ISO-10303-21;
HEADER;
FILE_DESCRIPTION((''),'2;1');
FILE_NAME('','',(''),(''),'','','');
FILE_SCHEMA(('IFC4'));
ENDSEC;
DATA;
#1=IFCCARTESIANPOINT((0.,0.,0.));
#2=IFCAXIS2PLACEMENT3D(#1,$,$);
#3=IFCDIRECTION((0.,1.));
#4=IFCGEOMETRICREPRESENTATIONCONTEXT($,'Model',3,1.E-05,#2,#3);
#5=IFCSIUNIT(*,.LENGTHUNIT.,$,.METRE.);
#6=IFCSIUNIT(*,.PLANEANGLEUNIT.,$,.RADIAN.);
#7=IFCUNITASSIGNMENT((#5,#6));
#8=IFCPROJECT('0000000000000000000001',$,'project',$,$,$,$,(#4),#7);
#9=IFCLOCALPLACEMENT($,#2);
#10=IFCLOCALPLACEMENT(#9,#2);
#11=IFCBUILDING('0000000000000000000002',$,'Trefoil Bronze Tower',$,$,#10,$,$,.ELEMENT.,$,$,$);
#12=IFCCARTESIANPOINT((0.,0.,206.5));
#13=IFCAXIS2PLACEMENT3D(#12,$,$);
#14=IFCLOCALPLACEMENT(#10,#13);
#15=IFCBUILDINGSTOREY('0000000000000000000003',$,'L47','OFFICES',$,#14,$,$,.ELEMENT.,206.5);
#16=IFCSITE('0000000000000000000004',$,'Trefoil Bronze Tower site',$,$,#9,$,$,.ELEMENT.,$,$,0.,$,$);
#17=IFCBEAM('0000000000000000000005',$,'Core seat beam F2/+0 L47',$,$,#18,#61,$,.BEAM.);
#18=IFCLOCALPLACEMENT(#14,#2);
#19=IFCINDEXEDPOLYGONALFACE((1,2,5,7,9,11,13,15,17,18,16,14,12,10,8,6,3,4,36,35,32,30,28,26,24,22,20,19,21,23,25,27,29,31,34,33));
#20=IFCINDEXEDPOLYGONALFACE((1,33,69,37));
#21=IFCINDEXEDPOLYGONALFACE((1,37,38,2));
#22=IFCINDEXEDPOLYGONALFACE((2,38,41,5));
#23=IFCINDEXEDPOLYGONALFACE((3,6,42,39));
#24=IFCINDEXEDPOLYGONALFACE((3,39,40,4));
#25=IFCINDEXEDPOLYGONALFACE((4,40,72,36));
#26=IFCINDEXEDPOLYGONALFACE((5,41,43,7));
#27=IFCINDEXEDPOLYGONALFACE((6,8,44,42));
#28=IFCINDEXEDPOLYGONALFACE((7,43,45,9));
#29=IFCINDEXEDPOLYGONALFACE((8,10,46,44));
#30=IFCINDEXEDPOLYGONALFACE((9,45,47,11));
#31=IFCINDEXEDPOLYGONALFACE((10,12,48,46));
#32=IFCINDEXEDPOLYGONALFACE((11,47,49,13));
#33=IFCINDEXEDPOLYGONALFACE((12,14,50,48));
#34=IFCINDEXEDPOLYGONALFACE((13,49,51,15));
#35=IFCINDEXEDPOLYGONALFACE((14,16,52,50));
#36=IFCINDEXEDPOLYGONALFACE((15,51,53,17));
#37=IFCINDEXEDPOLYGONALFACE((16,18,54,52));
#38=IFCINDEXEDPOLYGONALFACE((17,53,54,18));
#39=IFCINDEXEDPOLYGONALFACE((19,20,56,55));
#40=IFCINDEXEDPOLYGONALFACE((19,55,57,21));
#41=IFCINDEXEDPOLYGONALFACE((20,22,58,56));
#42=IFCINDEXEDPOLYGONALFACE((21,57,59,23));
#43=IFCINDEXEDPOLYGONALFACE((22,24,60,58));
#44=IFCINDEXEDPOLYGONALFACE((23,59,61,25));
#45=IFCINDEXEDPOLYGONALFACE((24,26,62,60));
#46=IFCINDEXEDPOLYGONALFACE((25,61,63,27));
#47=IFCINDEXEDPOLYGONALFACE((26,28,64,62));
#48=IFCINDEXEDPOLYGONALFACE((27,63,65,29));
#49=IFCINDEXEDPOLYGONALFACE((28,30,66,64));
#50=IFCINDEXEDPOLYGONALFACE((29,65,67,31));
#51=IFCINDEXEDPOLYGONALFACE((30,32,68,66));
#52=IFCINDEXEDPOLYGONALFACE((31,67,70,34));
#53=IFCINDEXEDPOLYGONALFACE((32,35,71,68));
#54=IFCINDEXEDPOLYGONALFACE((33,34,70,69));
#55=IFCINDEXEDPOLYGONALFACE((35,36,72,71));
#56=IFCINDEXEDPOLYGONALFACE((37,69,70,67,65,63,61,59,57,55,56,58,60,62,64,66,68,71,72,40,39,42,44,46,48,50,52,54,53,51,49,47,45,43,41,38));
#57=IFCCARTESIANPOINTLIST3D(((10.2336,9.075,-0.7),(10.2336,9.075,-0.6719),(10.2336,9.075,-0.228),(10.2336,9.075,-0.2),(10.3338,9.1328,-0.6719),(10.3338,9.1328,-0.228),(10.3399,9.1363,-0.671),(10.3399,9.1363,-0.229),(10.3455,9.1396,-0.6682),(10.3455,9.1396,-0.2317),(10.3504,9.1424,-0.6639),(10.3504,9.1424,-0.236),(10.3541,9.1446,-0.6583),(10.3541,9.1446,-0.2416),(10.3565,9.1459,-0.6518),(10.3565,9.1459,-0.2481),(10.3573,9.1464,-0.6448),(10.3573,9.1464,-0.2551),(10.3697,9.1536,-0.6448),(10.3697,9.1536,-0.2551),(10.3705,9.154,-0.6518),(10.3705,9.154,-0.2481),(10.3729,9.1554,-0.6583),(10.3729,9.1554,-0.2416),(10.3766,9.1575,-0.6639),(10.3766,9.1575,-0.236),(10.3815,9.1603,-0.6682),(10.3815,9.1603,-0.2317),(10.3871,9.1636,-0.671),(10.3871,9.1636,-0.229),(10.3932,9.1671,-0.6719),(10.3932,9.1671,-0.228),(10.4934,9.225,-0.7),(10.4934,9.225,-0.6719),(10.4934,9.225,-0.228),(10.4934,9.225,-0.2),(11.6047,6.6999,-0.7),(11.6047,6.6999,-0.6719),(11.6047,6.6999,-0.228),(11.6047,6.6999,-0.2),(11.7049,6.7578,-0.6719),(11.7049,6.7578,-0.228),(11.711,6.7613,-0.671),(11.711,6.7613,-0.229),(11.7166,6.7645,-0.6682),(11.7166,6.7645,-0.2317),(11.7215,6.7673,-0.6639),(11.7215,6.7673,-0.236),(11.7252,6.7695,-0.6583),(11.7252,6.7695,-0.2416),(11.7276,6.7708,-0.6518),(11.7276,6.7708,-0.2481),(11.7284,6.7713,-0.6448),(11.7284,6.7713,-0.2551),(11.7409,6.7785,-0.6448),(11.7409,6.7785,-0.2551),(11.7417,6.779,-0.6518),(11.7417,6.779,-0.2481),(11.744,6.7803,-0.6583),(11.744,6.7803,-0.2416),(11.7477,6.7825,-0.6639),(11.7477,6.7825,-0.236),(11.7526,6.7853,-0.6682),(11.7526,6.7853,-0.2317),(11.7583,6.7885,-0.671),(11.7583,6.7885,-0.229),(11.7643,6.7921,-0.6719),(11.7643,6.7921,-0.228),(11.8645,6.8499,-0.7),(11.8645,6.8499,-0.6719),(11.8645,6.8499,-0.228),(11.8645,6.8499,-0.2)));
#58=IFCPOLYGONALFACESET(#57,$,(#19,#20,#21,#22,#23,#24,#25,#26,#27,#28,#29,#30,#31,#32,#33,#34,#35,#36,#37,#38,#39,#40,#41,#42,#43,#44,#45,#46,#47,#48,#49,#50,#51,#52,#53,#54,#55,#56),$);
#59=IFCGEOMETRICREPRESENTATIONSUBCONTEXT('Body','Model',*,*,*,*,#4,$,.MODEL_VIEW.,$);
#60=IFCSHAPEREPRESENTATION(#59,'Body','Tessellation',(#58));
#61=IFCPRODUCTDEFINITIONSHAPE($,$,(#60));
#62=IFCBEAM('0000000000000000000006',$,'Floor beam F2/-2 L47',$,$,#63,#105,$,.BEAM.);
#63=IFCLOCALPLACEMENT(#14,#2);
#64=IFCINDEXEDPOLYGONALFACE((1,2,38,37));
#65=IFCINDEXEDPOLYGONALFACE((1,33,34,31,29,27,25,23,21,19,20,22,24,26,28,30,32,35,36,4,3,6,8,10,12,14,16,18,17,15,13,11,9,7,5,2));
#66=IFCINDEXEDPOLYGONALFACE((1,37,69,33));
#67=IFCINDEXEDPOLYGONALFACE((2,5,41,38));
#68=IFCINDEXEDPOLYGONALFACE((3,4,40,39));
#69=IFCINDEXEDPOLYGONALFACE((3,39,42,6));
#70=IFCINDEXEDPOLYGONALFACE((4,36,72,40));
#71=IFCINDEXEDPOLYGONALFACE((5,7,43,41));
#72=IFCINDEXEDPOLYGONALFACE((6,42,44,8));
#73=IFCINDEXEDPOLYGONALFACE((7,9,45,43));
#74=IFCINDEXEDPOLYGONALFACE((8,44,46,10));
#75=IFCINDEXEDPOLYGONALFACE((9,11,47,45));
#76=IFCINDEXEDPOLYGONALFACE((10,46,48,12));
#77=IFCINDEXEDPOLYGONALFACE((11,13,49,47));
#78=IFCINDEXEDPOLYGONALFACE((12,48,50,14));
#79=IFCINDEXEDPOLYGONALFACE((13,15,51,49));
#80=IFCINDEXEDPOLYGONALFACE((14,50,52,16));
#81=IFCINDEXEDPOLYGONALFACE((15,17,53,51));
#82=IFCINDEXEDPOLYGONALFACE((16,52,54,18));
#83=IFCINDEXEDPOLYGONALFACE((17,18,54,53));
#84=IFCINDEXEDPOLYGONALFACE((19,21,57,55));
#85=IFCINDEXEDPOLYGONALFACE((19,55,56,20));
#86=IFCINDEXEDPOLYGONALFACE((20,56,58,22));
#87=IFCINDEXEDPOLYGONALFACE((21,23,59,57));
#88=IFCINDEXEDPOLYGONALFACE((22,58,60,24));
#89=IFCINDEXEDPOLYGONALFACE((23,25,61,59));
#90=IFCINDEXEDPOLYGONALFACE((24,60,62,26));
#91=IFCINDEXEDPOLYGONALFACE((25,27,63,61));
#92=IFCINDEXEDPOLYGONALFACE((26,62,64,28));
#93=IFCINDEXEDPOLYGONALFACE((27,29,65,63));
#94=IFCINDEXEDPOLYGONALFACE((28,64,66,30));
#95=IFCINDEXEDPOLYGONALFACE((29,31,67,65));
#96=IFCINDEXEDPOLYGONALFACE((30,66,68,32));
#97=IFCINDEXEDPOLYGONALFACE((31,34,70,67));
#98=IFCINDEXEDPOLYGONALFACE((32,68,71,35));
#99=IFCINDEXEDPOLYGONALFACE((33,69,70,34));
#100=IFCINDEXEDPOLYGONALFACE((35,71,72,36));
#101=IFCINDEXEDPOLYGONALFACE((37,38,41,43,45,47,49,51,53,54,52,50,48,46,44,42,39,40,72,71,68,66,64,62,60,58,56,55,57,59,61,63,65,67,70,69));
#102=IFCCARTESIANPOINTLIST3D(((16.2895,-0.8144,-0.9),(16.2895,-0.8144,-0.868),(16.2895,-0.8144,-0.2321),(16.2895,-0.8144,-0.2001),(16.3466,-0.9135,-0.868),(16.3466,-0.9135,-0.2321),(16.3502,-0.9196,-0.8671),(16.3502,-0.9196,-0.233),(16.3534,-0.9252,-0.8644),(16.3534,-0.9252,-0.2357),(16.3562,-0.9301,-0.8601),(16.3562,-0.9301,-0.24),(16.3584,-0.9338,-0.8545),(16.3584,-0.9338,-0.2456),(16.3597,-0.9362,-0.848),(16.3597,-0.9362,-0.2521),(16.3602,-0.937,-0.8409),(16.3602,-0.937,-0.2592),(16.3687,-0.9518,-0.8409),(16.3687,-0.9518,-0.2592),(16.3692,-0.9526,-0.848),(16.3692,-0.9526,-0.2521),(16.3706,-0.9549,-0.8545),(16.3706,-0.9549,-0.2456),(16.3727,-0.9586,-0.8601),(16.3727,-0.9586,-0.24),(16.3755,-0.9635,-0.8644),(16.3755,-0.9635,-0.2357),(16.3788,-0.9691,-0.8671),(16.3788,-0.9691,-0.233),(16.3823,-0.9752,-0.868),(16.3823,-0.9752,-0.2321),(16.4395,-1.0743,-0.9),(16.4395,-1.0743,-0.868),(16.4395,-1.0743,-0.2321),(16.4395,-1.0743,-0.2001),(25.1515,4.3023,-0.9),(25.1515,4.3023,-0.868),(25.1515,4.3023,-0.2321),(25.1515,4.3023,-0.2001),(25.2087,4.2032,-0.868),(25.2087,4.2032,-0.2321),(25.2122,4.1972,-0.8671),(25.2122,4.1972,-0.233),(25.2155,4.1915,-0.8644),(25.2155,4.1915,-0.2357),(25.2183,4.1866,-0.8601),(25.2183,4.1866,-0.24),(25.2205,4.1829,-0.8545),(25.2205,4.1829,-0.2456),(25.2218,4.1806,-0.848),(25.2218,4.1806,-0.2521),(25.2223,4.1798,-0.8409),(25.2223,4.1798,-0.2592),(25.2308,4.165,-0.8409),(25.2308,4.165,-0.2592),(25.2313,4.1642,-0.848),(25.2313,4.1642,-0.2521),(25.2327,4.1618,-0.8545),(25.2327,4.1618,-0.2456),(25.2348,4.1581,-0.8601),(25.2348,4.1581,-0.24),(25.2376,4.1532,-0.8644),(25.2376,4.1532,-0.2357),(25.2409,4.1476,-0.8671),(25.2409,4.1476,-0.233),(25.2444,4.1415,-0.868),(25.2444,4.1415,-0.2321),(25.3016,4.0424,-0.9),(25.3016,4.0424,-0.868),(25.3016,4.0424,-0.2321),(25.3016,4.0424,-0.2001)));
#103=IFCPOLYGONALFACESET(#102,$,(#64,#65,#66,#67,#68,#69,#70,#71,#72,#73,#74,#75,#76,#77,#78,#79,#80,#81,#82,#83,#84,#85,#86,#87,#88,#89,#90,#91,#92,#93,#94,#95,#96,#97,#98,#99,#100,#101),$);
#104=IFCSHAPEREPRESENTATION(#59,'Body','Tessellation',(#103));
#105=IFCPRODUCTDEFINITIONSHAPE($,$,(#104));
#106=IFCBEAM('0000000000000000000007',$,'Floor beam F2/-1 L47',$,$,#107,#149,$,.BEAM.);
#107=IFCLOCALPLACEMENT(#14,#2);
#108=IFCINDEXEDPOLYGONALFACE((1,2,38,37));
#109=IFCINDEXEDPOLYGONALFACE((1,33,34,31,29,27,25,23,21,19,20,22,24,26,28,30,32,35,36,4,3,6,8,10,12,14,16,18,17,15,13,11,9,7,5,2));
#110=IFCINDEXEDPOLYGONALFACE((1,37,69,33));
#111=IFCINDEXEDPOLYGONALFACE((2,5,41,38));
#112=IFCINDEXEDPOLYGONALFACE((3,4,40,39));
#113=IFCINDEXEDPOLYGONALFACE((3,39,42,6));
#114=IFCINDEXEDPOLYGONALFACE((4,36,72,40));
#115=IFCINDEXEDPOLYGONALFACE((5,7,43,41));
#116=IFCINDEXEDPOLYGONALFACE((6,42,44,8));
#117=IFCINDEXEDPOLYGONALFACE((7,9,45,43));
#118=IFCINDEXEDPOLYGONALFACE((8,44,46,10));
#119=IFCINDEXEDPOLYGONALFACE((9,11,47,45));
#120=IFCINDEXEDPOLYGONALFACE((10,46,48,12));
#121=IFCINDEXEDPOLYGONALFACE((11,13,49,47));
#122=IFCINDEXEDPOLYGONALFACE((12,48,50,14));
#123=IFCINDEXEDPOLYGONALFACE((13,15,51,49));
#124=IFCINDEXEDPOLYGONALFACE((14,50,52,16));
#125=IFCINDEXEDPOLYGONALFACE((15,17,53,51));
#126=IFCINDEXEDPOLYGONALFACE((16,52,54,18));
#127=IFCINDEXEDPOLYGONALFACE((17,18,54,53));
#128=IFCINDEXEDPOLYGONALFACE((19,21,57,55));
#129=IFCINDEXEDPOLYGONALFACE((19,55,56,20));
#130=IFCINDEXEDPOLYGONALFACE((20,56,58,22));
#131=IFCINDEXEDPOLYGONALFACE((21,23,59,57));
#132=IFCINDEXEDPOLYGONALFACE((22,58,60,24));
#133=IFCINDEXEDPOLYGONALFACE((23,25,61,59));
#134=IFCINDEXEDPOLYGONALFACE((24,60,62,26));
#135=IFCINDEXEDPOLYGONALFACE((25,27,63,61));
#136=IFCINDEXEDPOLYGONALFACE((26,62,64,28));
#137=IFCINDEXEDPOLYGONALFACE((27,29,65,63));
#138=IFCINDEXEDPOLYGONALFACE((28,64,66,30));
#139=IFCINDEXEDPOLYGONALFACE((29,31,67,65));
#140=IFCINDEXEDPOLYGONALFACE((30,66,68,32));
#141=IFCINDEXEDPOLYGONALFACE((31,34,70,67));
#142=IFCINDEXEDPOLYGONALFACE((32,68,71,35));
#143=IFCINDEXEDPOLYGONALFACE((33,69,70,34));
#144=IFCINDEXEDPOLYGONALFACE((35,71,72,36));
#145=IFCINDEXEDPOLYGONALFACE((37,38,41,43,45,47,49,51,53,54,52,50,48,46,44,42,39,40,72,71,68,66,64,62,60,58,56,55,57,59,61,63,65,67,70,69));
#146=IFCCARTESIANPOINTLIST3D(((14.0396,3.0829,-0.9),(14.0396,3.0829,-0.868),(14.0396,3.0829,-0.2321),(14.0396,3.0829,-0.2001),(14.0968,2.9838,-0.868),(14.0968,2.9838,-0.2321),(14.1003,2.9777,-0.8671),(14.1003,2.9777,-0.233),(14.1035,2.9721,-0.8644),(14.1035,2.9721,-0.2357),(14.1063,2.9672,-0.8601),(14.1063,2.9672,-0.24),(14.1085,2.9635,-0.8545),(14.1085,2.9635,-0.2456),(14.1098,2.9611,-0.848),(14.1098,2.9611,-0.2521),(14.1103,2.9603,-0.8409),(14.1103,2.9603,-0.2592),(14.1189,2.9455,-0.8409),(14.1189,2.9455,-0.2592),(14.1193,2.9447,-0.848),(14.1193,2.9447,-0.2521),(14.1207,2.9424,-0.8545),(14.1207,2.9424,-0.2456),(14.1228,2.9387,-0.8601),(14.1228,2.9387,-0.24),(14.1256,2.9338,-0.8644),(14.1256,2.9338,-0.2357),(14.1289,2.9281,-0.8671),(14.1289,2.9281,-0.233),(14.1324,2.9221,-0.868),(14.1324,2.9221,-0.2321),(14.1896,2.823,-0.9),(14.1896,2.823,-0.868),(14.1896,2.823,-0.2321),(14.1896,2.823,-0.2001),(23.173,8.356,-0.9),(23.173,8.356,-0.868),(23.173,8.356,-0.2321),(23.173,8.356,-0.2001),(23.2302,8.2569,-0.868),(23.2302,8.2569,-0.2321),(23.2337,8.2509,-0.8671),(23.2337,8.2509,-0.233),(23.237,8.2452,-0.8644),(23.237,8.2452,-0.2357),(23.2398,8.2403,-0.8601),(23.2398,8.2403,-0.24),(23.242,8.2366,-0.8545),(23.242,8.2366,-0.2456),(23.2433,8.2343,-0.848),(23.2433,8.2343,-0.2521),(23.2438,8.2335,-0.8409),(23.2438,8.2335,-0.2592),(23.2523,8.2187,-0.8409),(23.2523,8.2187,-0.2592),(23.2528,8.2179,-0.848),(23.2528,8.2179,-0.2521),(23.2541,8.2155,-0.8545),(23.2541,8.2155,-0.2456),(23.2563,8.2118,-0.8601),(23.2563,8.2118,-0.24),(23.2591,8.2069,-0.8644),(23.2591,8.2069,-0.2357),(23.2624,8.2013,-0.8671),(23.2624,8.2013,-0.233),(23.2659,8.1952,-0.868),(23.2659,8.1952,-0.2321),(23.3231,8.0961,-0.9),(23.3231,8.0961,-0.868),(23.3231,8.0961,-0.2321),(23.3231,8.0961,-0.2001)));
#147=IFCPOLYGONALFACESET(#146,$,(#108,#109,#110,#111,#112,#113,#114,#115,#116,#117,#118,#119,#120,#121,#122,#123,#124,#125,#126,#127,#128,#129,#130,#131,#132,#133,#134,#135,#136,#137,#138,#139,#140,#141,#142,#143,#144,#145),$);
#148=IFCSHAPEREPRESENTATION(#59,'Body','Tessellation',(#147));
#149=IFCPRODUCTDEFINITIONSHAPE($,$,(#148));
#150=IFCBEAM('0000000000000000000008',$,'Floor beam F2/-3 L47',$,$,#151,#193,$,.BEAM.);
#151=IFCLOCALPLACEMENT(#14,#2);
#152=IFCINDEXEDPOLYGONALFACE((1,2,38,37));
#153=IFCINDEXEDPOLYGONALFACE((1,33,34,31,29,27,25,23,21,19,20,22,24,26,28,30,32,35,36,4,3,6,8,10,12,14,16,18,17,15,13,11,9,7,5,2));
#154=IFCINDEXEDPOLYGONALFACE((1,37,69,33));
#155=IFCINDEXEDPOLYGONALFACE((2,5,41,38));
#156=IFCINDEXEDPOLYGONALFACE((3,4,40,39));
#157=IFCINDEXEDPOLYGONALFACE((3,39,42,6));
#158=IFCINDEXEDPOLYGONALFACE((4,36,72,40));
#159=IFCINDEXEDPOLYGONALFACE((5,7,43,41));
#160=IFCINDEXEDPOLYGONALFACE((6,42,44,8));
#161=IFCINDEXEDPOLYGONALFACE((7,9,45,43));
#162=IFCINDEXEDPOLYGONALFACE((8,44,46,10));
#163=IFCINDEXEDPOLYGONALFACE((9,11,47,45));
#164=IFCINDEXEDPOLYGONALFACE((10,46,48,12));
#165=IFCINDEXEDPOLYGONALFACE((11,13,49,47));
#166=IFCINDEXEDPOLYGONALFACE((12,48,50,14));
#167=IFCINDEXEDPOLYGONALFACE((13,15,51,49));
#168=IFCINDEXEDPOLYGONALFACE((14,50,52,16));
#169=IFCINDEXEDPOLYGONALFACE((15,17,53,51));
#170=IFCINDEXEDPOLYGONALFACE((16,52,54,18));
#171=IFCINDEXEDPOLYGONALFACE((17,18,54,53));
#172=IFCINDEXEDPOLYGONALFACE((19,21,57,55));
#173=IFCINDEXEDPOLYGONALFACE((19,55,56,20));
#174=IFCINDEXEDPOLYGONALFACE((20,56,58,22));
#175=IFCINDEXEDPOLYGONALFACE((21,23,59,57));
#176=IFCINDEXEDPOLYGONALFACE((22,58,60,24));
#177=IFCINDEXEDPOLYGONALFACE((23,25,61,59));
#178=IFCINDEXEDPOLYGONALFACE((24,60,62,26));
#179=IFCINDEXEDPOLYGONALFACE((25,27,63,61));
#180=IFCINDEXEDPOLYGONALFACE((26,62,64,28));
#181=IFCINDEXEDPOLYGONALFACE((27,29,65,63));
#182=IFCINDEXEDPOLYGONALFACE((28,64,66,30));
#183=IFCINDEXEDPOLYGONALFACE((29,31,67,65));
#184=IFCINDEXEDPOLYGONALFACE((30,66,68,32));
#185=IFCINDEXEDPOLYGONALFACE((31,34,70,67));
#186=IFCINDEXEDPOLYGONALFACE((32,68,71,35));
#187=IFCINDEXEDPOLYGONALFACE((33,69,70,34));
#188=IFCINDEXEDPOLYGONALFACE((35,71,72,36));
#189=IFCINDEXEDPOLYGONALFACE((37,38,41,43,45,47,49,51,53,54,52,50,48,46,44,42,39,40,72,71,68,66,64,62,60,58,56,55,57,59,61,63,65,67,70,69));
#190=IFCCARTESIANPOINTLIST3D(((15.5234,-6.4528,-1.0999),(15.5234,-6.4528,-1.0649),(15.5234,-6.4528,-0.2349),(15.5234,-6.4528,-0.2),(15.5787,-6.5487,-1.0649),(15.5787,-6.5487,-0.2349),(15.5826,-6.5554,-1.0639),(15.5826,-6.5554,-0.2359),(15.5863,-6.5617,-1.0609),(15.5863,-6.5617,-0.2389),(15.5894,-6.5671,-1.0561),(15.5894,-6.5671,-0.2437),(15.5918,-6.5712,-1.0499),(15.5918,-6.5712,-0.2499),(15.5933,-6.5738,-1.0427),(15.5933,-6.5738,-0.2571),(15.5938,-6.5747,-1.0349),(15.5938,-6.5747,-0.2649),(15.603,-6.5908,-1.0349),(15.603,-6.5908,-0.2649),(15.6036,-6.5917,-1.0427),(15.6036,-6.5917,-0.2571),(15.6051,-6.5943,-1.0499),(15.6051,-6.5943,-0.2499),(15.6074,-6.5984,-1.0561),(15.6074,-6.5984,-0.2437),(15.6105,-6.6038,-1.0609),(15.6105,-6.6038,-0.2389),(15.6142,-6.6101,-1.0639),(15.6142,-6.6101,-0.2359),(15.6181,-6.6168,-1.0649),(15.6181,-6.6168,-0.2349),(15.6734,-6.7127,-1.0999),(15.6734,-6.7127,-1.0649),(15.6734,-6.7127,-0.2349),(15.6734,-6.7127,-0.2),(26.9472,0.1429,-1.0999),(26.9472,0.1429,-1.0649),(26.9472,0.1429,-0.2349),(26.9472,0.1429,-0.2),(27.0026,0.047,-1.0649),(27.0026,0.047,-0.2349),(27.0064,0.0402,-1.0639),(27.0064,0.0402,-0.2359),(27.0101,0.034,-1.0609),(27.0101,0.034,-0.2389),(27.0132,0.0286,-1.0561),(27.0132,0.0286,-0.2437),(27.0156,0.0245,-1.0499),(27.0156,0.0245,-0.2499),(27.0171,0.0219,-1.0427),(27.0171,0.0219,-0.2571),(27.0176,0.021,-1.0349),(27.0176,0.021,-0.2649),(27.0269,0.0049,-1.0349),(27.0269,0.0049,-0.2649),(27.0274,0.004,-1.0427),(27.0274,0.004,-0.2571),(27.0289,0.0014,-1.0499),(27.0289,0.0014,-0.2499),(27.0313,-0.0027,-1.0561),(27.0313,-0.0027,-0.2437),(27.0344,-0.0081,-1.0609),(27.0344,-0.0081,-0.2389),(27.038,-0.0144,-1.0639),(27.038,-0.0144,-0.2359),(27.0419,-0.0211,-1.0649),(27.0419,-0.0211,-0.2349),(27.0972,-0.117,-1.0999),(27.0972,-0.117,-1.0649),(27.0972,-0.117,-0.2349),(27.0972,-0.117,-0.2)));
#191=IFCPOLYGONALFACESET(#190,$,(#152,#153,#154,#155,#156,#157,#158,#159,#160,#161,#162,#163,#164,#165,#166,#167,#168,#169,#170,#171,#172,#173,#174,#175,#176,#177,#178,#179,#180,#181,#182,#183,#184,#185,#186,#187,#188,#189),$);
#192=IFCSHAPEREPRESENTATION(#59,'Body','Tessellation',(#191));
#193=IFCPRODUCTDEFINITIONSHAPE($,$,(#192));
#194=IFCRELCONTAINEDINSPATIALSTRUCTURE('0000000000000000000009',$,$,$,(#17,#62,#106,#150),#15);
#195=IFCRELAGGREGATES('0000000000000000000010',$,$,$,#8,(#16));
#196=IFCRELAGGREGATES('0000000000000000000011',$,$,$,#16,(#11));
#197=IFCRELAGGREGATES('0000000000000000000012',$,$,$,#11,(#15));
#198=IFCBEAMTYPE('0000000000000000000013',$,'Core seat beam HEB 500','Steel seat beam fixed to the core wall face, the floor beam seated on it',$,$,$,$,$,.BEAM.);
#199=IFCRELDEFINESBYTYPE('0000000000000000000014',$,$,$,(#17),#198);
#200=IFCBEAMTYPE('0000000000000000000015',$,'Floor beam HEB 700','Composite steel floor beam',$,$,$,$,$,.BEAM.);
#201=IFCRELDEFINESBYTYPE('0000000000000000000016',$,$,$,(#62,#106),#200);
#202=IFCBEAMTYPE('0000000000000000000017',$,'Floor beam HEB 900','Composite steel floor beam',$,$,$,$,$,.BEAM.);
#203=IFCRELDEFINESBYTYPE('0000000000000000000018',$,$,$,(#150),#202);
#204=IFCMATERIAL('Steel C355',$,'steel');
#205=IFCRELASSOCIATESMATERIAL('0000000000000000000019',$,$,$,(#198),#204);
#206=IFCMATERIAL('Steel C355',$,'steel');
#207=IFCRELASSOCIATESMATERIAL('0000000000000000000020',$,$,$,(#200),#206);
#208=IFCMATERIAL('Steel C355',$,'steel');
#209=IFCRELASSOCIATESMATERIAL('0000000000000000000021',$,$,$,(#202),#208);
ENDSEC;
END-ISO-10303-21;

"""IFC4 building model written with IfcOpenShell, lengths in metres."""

from ifc_helpers import new_model, si_unit, direction, frame, origin, origin_2d, place, context, subcontext, project, spatial, i_section, extrude, material, material_profile, profile_set, type_object, element, save


model = new_model("IFC4")

# Units and contexts
model_context = context("Model", 3, precision=1e-05, world=origin(), true_north=direction((0.0, 1.0)))
body_context = subcontext(model_context, "Body", "Model", "MODEL_VIEW")
ifc_project = project(units=[si_unit("LENGTHUNIT", "METRE"), si_unit("PLANEANGLEUNIT", "RADIAN")], contexts=[model_context])

# Site, building, storey
site_placement = place(None, origin())
site = spatial("IfcSite", under=ifc_project, at=site_placement, Name="Trefoil Bronze Tower site", CompositionType="ELEMENT", RefElevation=0.0)
building_placement = place(site_placement, origin())
building = spatial("IfcBuilding", under=site, at=building_placement, Name="Trefoil Bronze Tower", CompositionType="ELEMENT")
storey_placement = place(building_placement, frame((0.0, 0.0, 206.5)))
storey = spatial("IfcBuildingStorey", under=building, at=storey_placement, Name="L47", Description="OFFICES", CompositionType="ELEMENT", Elevation=206.5)

# Beams
ifc_material_1 = material(Name="Steel C355", Category="steel")
ifc_material_profile_1 = material_profile(ifc_material_1, i_section(OverallWidth=0.3, OverallDepth=0.5, WebThickness=0.0144, FlangeThickness=0.0281, FilletRadius=0.0271, at=origin_2d()), Name="HEB 500")
ifc_profile_set_1 = profile_set([ifc_material_profile_1], Name="Steel C355")
beam_type_1 = type_object("IfcBeamType", Name="Core seat beam HEB 500", Description="Steel seat beam fixed to the core wall face, the floor beam seated on it", PredefinedType="BEAM", material=ifc_profile_set_1)
for number, where, z_axis, x_axis, name in (
    (1, (11.7346, 6.7749, -0.45), (-0.499969, 0.866043, 0.0), (-0.866043, -0.499969, 0.0), "Core seat beam F2/+0 L47"),
):
    element("IfcBeam", number, at=place(storey_placement, frame(where, z_axis=z_axis, x_axis=x_axis)), inside=storey, type_object=beam_type_1, Name=name, PredefinedType="BEAM", context=body_context, shape_type="SweptSolid", body=[
        extrude(i_section(OverallWidth=0.3, OverallDepth=0.5, WebThickness=0.0144, FlangeThickness=0.0281, FilletRadius=0.0271, at=origin_2d()), origin(), (0.0, 0.0, 1.0), 2.7424),
    ])
ifc_material_2 = material(Name="Steel C355", Category="steel")
ifc_material_profile_2 = material_profile(ifc_material_2, i_section(OverallWidth=0.3, OverallDepth=0.7, WebThickness=0.0171, FlangeThickness=0.032, FilletRadius=0.0271, at=origin_2d()), Name="HEB 700")
ifc_profile_set_2 = profile_set([ifc_material_profile_2], Name="Steel C355")
beam_type_2 = type_object("IfcBeamType", Name="Floor beam HEB 700", Description="Composite steel floor beam", PredefinedType="BEAM", material=ifc_profile_set_2)
beam_1_placement = place(storey_placement, frame((25.2266, 4.1724, -0.55), z_axis=(-0.866018, -0.500014, 0.0), x_axis=(0.500014, -0.866018, 0.0)))
element("IfcBeam", 2, at=beam_1_placement, inside=storey, type_object=beam_type_2, Name="Floor beam F2/-2 L47", PredefinedType="BEAM", context=body_context, shape_type="SweptSolid", body=[
    extrude(i_section(OverallWidth=0.3, OverallDepth=0.7, WebThickness=0.0171, FlangeThickness=0.032, FilletRadius=0.0271, at=origin_2d()), origin(), (0.0, 0.0, 1.0), 10.2332),
])
beam_2_placement = place(storey_placement, frame((23.248, 8.2261, -0.55), z_axis=(-0.866028, -0.499996, 0.0), x_axis=(0.499996, -0.866028, 0.0)))
element("IfcBeam", 3, at=beam_2_placement, inside=storey, type_object=beam_type_2, Name="Floor beam F2/-1 L47", PredefinedType="BEAM", context=body_context, shape_type="SweptSolid", body=[
    extrude(i_section(OverallWidth=0.3, OverallDepth=0.7, WebThickness=0.0171, FlangeThickness=0.032, FilletRadius=0.0271, at=origin_2d()), origin(), (0.0, 0.0, 1.0), 10.5464),
])
ifc_material_3 = material(Name="Steel C355", Category="steel")
ifc_material_profile_3 = material_profile(ifc_material_3, i_section(OverallWidth=0.3, OverallDepth=0.8999, WebThickness=0.0186, FlangeThickness=0.0349, FilletRadius=0.03, at=origin_2d()), Name="HEB 900")
ifc_profile_set_3 = profile_set([ifc_material_profile_3], Name="Steel C355")
beam_type_3 = type_object("IfcBeamType", Name="Floor beam HEB 900", Description="Composite steel floor beam", PredefinedType="BEAM", material=ifc_profile_set_3)
beam_3_placement = place(storey_placement, frame((27.0222, 0.0129, -0.6499), z_axis=(-0.86602, -0.500009, 0.0), x_axis=(0.500009, -0.86602, 0.0)))
element("IfcBeam", 4, at=beam_3_placement, inside=storey, type_object=beam_type_3, Name="Floor beam F2/-3 L47", PredefinedType="BEAM", context=body_context, shape_type="SweptSolid", body=[
    extrude(i_section(OverallWidth=0.3, OverallDepth=0.8999, WebThickness=0.0186, FlangeThickness=0.0349, FilletRadius=0.03, at=origin_2d()), origin(), (0.0, 0.0, 1.0), 13.1912),
])

save(model, "model.ifc")
